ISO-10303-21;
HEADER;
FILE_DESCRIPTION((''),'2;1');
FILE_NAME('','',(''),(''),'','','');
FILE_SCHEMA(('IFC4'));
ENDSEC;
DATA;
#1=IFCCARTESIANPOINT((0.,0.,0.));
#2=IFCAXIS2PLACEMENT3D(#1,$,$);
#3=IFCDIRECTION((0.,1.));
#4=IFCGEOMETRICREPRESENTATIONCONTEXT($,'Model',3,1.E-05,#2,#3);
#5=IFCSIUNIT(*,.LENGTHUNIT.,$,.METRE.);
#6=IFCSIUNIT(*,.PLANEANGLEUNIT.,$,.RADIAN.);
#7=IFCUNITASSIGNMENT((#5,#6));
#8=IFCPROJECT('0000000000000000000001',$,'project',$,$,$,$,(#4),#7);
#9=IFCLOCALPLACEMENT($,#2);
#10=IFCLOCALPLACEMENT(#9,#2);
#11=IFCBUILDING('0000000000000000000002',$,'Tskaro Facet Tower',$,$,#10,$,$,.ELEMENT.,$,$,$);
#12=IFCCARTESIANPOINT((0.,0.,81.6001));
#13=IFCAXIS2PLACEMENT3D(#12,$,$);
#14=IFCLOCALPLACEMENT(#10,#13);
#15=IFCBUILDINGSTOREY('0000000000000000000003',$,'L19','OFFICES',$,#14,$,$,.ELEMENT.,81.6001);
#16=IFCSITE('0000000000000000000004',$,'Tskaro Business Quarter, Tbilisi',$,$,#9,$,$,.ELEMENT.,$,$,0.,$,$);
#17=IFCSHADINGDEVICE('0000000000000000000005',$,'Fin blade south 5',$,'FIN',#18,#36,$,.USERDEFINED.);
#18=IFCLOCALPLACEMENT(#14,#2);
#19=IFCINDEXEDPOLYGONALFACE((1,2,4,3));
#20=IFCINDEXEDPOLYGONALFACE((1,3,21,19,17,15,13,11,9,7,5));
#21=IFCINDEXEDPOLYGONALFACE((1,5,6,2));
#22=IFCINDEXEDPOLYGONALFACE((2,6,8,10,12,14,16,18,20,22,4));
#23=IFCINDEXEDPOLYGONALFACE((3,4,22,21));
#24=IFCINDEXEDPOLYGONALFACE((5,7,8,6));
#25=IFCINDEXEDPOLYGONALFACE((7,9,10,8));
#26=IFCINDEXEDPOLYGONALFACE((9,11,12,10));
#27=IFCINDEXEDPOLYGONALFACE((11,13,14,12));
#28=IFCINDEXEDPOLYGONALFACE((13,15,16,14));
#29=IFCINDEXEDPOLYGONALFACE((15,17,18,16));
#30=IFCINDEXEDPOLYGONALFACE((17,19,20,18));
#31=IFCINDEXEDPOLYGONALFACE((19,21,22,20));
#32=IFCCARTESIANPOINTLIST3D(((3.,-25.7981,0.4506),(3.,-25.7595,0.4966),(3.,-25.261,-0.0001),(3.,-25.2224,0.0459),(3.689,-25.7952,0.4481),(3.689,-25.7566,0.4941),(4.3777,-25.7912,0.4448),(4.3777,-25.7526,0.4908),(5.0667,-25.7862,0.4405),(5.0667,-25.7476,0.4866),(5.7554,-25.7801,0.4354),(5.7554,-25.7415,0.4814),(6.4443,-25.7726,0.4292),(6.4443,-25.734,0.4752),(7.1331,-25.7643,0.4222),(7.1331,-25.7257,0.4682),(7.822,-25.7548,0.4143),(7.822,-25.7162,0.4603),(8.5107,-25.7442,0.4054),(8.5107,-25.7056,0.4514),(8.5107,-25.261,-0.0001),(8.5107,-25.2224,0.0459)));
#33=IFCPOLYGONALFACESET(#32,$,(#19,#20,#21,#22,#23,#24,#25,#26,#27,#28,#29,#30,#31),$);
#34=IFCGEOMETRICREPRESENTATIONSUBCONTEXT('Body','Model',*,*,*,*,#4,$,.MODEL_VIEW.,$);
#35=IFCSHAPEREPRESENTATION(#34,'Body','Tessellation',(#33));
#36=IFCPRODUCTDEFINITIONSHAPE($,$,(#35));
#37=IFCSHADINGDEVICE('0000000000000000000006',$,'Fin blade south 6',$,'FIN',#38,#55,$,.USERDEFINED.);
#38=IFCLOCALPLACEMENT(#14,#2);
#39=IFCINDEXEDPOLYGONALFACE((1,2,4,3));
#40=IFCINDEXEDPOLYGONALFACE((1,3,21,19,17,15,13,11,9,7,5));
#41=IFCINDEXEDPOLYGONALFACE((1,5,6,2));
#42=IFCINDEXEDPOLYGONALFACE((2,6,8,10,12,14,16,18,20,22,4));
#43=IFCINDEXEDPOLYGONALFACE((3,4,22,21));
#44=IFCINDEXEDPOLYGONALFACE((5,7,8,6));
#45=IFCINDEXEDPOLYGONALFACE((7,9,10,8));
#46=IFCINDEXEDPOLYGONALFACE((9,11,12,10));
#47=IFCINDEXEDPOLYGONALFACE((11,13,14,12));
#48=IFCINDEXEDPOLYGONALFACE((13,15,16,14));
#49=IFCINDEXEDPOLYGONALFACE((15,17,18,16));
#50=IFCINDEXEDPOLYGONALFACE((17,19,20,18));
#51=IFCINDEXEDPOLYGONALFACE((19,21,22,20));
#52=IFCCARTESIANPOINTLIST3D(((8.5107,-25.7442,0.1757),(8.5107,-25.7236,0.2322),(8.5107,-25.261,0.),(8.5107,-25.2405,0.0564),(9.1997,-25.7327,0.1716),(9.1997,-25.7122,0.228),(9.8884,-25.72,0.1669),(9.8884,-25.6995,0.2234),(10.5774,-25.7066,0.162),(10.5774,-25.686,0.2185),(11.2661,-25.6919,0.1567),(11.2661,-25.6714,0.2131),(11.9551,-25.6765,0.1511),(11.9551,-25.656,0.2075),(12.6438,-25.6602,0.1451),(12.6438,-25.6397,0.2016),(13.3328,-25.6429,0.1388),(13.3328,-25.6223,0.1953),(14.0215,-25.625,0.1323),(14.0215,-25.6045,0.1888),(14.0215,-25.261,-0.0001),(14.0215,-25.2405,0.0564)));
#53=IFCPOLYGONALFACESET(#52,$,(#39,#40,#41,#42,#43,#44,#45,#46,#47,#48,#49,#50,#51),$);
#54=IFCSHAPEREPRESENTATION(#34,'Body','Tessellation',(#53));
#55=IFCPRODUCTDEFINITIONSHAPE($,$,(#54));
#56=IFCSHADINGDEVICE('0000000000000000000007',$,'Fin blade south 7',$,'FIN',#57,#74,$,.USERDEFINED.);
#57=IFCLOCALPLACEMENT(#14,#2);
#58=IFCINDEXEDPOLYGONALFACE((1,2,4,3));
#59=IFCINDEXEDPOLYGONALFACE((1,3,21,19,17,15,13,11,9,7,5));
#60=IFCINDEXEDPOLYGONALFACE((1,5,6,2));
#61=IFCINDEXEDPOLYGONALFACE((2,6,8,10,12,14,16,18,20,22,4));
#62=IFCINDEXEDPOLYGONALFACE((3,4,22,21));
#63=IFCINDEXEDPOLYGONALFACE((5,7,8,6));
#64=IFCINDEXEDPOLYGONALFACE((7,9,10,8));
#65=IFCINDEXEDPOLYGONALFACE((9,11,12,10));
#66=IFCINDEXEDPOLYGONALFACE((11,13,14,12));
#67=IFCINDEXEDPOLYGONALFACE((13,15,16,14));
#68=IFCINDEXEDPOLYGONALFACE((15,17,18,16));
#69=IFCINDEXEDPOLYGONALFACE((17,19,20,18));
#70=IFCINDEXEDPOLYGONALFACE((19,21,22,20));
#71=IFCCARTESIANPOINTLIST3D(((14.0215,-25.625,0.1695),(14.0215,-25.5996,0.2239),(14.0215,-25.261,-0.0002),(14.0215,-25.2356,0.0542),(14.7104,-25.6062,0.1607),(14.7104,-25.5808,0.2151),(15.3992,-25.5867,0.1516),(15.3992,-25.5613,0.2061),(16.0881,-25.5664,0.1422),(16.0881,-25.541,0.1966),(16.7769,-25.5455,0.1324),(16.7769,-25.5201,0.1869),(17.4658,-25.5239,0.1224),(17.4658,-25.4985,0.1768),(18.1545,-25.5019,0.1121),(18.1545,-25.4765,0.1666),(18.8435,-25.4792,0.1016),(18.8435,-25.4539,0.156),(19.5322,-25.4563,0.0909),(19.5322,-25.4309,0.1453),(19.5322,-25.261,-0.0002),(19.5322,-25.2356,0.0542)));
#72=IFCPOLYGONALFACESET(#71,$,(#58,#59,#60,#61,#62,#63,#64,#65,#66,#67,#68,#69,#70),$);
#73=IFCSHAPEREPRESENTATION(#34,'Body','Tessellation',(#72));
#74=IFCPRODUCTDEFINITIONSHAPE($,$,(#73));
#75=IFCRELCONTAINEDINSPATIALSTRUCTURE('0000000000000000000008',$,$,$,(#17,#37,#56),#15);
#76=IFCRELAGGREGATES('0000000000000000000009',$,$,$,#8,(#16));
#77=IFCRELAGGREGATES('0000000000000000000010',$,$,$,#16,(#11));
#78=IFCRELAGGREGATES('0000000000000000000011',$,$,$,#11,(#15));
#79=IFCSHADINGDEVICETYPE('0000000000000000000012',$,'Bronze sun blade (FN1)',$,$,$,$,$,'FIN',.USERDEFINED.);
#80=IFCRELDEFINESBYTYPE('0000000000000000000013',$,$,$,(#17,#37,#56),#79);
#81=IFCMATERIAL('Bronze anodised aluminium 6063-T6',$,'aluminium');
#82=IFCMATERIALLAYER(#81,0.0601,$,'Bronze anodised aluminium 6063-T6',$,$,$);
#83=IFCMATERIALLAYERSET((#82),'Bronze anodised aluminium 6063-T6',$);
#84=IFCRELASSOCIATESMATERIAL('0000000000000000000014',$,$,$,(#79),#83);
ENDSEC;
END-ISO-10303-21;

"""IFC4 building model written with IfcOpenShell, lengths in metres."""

from ifc_helpers import new_model, si_unit, direction, frame, origin, place, context, subcontext, project, spatial, polyline, outline, extrude, material, layer, layer_set, type_object, element, save


model = new_model("IFC4")

# Units and contexts
model_context = context("Model", 3, precision=1e-05, world=origin(), true_north=direction((0.0, 1.0)))
body_context = subcontext(model_context, "Body", "Model", "MODEL_VIEW")
ifc_project = project(units=[si_unit("LENGTHUNIT", "METRE"), si_unit("PLANEANGLEUNIT", "RADIAN")], contexts=[model_context])

# Site, building, storey
site_placement = place(None, origin())
site = spatial("IfcSite", under=ifc_project, at=site_placement, Name="Tskaro Business Quarter, Tbilisi", CompositionType="ELEMENT", RefElevation=0.0)
building_placement = place(site_placement, origin())
building = spatial("IfcBuilding", under=site, at=building_placement, Name="Tskaro Facet Tower", CompositionType="ELEMENT")
storey_placement = place(building_placement, frame((0.0, 0.0, 81.6001)))
storey = spatial("IfcBuildingStorey", under=building, at=storey_placement, Name="L19", Description="OFFICES", CompositionType="ELEMENT", Elevation=81.6001)

# Shared definitions
ifc_material_1 = material(Name="Bronze anodised aluminium 6063-T6", Category="aluminium")

# Shading devices
ifc_layer_1 = layer(ifc_material_1, 0.0601, Name="Bronze anodised aluminium 6063-T6")
ifc_layer_set_1 = layer_set([ifc_layer_1], Name="Bronze anodised aluminium 6063-T6")
shading_device_type = type_object("IfcShadingDeviceType", Name="Bronze sun blade (FN1)", ElementType="FIN", PredefinedType="USERDEFINED", material=ifc_layer_set_1)
shading_device_1_placement = place(storey_placement, frame((3.0, -25.2224, 0.0459), z_axis=(-0.000007, 0.642768, 0.766061), x_axis=(1.0, 0.000004, 0.000005)))
element("IfcShadingDevice", 1, at=shading_device_1_placement, inside=storey, type_object=shading_device_type, Name="Fin blade south 5", ObjectType="FIN", PredefinedType="USERDEFINED", context=body_context, shape_type="SweptSolid", body=[
    extrude(outline(polyline([(0.0, 0.0), (5.5107, 0.0), (5.5107, -0.6308), (4.822, -0.6447), (4.1331, -0.6569), (3.4443, -0.6679), (2.7554, -0.6776), (2.0667, -0.6855), (1.3777, -0.6921), (0.689, -0.6973), (0.0, -0.7011), (0.0, 0.0)])), origin(), (0.0, 0.0, -1.0), 0.0601),
])
shading_device_2_placement = place(storey_placement, frame((8.5107, -25.2405, 0.0564), z_axis=(0.000009, 0.341877, 0.939745), x_axis=(1.0, -0.000003, -0.000008)))
element("IfcShadingDevice", 2, at=shading_device_2_placement, inside=storey, type_object=shading_device_type, Name="Fin blade south 6", ObjectType="FIN", PredefinedType="USERDEFINED", context=body_context, shape_type="SweptSolid", body=[
    extrude(outline(polyline([(0.0, 0.0), (5.5107, 0.0), (5.5107, -0.3873), (4.822, -0.4063), (4.1331, -0.4248), (3.4443, -0.4422), (2.7554, -0.4585), (2.0667, -0.4741), (1.3777, -0.4884), (0.689, -0.5019), (0.0, -0.5141), (0.0, 0.0)])), origin(), (0.0, 0.0, -1.0), 0.0601),
])
shading_device_3_placement = place(storey_placement, frame((14.0215, -25.2356, 0.0542), z_axis=(-0.000005, 0.422578, 0.906327), x_axis=(1.0, 0.000002, 0.000004)))
element("IfcShadingDevice", 3, at=shading_device_3_placement, inside=storey, type_object=shading_device_type, Name="Fin blade south 7", ObjectType="FIN", PredefinedType="USERDEFINED", context=body_context, shape_type="SweptSolid", body=[
    extrude(outline(polyline([(0.0, 0.0), (5.5107, 0.0), (5.5107, -0.2155), (4.822, -0.2408), (4.1331, -0.2659), (3.4443, -0.2901), (2.7554, -0.3139), (2.0667, -0.337), (1.3777, -0.3593), (0.689, -0.3809), (0.0, -0.4016), (0.0, 0.0)])), origin(), (0.0, 0.0, -1.0), 0.0601),
])

save(model, "model.ifc")
